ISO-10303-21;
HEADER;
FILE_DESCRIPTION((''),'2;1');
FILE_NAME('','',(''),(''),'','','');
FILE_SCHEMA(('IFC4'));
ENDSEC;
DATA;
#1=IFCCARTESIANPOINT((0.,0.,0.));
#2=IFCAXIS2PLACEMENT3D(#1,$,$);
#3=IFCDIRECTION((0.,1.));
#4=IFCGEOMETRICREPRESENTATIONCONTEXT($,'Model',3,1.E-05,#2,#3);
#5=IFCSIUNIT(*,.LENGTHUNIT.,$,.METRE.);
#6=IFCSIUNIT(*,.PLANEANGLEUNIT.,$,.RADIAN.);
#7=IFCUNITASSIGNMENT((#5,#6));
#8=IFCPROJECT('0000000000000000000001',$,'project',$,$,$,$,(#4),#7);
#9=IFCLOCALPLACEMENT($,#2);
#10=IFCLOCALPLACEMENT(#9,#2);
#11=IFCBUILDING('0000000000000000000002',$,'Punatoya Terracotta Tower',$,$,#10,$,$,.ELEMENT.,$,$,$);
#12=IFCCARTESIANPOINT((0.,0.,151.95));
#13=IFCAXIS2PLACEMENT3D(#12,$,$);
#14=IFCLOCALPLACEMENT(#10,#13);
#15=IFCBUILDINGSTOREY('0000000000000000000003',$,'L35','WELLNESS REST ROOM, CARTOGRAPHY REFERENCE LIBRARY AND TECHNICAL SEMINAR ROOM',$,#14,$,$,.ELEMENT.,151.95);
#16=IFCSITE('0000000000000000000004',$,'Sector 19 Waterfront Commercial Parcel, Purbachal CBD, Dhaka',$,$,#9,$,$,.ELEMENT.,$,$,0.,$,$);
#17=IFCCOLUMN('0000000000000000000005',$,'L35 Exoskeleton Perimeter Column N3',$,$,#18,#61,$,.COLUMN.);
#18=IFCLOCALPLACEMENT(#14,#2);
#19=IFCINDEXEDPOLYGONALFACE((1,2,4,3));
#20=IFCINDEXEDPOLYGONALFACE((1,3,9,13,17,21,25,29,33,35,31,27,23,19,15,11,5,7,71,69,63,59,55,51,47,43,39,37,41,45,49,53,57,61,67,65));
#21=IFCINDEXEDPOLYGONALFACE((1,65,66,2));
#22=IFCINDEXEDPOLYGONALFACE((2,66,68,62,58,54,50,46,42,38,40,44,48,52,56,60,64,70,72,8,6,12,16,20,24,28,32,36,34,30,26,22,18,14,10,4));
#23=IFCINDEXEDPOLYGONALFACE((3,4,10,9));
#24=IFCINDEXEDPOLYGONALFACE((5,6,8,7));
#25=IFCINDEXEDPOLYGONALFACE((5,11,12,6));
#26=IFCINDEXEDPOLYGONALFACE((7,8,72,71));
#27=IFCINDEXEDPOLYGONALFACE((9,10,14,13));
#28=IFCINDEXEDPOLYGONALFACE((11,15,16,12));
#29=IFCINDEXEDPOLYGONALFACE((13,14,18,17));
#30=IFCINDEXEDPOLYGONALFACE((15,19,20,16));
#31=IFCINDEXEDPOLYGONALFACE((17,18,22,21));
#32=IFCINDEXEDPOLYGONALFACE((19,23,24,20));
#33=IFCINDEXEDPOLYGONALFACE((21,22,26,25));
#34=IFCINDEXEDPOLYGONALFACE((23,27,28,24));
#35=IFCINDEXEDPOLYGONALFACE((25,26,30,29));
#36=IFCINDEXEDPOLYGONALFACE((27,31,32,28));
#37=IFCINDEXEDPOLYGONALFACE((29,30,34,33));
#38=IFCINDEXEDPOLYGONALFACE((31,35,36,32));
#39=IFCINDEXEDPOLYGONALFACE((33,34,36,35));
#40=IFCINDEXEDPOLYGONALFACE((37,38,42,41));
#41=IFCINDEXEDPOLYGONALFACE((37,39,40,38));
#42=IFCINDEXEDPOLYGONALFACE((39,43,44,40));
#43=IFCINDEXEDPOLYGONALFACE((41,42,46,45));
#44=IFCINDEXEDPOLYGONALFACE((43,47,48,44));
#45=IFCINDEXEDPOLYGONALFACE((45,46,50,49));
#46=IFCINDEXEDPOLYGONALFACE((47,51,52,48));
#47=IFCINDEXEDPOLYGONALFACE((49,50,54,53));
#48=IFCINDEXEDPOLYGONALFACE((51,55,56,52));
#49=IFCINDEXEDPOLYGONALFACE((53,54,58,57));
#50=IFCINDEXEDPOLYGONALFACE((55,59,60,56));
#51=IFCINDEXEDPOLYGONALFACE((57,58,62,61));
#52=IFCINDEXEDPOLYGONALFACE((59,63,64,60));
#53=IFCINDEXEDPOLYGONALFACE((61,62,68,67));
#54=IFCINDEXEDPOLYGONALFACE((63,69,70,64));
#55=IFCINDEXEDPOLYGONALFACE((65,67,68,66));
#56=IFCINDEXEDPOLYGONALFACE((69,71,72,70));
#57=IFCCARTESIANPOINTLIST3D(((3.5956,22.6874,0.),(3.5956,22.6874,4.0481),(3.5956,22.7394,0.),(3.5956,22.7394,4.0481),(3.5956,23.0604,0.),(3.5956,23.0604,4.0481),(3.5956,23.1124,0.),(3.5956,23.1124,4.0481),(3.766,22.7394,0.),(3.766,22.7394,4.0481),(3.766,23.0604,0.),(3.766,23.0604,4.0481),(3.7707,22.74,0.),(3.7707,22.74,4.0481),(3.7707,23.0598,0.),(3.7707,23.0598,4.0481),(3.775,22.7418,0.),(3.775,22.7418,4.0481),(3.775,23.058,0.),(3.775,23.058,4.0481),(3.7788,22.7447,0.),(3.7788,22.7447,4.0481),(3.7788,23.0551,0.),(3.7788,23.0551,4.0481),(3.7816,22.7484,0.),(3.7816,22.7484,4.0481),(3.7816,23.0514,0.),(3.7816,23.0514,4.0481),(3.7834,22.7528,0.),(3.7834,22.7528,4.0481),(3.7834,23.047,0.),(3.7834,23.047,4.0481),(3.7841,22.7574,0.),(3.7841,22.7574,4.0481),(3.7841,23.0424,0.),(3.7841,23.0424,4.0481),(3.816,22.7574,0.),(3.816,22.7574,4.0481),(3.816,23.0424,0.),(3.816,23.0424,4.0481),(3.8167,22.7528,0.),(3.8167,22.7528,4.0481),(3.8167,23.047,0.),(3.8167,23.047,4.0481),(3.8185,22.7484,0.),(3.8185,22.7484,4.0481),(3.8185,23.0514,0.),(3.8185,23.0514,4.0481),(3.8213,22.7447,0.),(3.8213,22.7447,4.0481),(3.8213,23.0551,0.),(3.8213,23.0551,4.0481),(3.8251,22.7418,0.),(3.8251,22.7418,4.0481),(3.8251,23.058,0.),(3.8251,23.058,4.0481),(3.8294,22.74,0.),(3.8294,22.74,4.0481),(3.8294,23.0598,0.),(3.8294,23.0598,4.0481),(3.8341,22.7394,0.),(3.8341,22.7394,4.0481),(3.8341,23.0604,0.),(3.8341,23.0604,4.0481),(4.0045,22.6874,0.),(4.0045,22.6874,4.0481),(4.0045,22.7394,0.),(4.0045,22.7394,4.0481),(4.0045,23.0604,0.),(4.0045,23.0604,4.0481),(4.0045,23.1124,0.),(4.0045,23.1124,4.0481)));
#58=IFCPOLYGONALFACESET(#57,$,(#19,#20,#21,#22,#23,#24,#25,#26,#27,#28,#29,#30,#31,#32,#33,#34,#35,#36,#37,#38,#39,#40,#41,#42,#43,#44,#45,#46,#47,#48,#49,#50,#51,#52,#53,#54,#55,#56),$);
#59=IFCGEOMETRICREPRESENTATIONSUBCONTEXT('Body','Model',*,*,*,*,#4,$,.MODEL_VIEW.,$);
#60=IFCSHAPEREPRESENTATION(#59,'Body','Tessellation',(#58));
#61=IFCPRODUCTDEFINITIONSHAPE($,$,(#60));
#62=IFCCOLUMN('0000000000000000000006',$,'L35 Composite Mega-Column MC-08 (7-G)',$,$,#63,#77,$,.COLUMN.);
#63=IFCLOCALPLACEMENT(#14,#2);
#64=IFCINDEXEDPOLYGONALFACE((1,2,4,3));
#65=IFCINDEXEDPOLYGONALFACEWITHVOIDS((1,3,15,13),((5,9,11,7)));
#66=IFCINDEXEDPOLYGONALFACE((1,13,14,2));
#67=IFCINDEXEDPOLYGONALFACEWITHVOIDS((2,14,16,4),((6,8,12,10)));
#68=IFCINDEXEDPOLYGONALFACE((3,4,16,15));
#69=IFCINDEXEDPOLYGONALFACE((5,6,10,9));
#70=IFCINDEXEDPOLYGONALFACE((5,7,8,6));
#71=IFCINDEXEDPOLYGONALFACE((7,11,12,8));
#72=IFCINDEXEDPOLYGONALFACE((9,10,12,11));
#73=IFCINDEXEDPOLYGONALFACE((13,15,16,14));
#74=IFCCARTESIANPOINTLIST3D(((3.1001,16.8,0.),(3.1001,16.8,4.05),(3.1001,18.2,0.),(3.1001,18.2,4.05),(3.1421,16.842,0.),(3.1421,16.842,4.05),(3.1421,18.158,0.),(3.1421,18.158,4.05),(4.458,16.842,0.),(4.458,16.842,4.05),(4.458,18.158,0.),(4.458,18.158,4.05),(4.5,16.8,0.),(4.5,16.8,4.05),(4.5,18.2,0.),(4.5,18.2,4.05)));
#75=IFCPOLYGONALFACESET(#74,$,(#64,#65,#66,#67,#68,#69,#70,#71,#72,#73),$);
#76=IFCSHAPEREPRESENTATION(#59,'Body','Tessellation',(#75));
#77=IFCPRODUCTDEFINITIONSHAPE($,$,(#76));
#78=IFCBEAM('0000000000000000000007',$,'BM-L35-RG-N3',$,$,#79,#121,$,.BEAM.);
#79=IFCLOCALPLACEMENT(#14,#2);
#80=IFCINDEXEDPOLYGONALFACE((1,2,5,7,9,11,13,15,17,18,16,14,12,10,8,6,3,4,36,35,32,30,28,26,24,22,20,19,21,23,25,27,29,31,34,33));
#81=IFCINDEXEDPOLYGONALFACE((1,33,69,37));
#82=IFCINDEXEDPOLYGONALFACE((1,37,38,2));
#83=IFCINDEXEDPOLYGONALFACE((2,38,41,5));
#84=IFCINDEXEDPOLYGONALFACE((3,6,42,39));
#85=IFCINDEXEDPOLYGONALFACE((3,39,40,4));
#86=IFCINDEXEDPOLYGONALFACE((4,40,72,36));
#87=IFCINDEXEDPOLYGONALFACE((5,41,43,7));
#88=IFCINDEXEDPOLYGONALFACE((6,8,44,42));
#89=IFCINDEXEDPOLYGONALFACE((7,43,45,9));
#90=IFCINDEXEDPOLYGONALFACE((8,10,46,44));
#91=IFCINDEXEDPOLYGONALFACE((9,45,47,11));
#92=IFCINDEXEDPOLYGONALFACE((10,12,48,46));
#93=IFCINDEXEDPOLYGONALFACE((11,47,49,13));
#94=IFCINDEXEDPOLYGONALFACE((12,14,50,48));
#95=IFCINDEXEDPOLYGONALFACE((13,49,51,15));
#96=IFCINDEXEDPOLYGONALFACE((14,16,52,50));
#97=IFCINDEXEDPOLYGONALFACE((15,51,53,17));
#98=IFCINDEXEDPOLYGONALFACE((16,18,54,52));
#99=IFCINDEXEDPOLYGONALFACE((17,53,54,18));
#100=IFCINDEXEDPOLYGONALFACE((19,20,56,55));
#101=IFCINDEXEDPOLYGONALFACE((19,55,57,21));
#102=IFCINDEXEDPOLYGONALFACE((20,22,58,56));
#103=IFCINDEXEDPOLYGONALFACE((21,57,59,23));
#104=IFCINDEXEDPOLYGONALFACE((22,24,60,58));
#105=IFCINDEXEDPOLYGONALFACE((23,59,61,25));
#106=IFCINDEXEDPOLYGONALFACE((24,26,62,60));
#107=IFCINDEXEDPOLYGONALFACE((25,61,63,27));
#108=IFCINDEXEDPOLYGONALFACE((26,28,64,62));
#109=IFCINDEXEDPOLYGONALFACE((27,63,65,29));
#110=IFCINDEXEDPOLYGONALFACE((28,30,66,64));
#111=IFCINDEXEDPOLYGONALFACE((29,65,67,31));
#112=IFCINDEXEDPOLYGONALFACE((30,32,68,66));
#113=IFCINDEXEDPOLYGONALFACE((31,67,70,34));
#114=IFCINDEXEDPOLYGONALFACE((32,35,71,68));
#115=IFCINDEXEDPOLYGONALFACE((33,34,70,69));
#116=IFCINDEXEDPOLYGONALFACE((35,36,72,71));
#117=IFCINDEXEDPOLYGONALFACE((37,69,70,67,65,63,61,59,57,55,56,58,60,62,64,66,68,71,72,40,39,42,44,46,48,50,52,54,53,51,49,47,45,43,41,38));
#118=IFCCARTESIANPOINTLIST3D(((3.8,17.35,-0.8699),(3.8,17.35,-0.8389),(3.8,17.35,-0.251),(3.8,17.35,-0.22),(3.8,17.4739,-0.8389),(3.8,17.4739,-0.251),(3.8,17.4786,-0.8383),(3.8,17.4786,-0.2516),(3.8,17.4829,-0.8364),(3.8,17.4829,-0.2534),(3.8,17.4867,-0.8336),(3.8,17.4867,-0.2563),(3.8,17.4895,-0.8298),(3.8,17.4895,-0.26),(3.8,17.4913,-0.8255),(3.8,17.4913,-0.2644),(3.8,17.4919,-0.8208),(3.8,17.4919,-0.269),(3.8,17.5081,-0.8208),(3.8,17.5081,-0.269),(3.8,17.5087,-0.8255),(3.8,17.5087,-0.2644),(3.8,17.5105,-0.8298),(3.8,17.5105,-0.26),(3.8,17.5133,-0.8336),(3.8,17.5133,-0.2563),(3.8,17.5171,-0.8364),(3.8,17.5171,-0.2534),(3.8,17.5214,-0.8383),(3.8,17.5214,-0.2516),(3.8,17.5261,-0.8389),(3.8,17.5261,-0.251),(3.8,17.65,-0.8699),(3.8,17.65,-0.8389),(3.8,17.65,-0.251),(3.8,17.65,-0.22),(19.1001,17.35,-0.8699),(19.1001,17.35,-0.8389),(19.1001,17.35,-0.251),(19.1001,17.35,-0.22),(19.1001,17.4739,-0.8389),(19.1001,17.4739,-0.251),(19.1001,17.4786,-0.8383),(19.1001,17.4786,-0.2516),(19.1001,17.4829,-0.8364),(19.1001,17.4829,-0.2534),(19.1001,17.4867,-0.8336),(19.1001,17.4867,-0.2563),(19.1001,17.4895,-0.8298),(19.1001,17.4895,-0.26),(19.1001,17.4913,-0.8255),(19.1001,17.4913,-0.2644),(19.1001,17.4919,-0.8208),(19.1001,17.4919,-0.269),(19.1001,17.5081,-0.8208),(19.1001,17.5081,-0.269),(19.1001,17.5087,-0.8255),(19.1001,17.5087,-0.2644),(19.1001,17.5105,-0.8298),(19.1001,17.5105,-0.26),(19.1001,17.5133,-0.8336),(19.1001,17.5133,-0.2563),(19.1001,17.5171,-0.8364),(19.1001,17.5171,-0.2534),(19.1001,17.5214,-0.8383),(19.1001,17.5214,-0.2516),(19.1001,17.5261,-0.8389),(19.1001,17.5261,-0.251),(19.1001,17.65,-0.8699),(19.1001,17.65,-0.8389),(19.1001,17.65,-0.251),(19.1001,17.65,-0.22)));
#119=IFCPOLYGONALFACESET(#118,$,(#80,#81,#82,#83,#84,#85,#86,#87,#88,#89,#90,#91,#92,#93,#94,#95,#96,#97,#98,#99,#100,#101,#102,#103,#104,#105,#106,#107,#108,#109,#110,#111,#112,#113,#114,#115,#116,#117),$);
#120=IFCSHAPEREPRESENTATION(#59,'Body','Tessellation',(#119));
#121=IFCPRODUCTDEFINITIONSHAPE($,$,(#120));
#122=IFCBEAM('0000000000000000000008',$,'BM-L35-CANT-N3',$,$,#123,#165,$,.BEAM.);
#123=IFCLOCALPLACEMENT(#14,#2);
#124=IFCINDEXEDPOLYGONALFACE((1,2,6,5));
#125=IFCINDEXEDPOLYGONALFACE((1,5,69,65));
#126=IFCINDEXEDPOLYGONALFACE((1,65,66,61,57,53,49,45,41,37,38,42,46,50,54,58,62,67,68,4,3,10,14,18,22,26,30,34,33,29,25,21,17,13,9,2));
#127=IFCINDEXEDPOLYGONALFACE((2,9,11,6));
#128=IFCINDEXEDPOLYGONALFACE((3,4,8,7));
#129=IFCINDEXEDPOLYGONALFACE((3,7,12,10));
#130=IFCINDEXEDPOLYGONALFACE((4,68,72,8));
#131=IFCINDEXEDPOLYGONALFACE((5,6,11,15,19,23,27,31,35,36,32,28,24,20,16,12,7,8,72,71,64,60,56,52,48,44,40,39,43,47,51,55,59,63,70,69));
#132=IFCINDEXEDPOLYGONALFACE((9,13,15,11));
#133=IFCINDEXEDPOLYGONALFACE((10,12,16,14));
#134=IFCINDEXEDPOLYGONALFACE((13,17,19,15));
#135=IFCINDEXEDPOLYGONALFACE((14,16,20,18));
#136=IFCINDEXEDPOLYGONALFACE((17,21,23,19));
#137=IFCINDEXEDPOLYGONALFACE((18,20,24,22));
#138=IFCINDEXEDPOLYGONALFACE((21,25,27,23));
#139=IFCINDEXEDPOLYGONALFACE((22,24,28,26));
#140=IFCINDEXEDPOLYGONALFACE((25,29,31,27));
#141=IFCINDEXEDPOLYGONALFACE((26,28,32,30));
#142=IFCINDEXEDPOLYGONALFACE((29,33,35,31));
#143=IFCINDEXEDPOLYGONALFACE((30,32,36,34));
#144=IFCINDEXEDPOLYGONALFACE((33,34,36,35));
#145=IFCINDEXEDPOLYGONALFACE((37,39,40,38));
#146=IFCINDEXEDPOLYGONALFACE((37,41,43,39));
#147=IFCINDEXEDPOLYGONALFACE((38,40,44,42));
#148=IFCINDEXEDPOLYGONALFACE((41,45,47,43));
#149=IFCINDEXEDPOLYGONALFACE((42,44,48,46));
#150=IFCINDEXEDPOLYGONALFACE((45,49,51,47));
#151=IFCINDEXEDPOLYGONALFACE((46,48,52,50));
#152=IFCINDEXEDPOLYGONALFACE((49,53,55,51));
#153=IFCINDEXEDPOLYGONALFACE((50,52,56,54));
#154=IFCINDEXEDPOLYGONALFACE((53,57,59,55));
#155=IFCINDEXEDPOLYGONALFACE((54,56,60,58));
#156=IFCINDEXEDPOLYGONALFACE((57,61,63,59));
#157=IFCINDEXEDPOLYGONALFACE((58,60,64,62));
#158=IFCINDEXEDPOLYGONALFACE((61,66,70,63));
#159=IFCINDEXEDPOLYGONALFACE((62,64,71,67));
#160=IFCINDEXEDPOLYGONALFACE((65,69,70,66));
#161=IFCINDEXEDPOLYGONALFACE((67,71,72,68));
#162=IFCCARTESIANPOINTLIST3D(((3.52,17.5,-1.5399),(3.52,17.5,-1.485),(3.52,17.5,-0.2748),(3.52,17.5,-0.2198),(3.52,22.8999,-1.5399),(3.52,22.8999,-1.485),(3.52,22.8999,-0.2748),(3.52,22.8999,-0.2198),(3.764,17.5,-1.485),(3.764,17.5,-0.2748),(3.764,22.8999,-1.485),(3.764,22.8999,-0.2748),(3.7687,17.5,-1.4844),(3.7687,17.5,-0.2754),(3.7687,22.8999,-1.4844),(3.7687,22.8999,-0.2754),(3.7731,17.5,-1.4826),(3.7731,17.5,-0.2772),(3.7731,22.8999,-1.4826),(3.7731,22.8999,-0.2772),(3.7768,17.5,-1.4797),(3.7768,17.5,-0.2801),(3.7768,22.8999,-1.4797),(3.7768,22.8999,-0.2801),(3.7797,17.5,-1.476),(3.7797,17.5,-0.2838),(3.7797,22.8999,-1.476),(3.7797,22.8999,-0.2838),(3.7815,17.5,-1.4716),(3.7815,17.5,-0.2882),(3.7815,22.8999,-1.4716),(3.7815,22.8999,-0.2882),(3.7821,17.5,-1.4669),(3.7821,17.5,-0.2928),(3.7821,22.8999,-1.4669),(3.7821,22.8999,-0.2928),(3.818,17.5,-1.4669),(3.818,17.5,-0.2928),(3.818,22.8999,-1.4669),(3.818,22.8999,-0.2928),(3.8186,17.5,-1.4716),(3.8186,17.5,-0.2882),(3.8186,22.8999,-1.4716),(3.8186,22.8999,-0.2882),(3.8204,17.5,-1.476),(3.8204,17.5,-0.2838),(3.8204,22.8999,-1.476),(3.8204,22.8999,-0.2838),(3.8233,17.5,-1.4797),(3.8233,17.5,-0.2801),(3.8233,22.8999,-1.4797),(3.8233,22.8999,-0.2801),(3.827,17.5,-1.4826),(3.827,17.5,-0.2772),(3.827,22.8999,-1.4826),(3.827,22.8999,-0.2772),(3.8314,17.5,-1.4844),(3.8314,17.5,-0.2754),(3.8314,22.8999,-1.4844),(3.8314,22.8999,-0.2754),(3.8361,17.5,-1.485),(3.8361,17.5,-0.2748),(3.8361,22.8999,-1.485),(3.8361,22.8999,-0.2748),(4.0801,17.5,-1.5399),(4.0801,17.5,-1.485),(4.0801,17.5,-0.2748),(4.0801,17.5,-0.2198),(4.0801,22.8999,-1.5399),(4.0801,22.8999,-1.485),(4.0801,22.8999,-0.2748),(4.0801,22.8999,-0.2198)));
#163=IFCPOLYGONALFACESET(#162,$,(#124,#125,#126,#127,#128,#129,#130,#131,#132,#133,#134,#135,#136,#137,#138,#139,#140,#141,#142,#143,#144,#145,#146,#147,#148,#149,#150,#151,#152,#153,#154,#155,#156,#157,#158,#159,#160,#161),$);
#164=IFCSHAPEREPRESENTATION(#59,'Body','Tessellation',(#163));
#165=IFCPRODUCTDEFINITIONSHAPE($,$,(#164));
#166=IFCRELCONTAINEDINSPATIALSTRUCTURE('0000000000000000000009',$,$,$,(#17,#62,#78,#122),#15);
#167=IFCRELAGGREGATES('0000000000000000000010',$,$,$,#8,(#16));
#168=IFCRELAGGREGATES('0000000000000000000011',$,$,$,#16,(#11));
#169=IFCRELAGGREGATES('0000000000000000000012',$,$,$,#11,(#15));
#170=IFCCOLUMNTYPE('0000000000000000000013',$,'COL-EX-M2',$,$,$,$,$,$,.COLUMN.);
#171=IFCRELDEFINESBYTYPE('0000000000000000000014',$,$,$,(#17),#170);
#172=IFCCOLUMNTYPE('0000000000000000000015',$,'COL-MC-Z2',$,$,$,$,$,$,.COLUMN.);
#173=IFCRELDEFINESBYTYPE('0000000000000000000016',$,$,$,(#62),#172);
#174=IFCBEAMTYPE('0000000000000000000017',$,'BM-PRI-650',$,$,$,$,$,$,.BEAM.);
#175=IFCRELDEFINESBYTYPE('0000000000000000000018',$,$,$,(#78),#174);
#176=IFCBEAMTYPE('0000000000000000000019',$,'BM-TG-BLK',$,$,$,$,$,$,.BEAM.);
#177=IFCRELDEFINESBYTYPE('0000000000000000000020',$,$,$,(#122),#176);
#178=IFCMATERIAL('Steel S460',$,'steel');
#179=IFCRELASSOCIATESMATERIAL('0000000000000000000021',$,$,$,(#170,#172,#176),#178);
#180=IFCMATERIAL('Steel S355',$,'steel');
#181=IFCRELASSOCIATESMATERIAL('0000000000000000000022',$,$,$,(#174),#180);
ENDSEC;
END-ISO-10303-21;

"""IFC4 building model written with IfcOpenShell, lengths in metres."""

from ifc_helpers import new_model, si_unit, direction, frame, origin, origin_2d, place, context, subcontext, project, spatial, hollow_rectangle, i_section, extrude, material, material_profile, profile_set, type_object, element, save


model = new_model("IFC4")

# Units and contexts
model_context = context("Model", 3, precision=1e-05, world=origin(), true_north=direction((0.0, 1.0)))
body_context = subcontext(model_context, "Body", "Model", "MODEL_VIEW")
ifc_project = project(units=[si_unit("LENGTHUNIT", "METRE"), si_unit("PLANEANGLEUNIT", "RADIAN")], contexts=[model_context])

# Site, building, storey
site_placement = place(None, origin())
site = spatial("IfcSite", under=ifc_project, at=site_placement, Name="Sector 19 Waterfront Commercial Parcel, Purbachal CBD, Dhaka", CompositionType="ELEMENT", RefElevation=0.0)
building_placement = place(site_placement, origin())
building = spatial("IfcBuilding", under=site, at=building_placement, Name="Punatoya Terracotta Tower", CompositionType="ELEMENT")
storey_placement = place(building_placement, frame((0.0, 0.0, 151.95)))
storey = spatial("IfcBuildingStorey", under=building, at=storey_placement, Name="L35", Description="WELLNESS REST ROOM, CARTOGRAPHY REFERENCE LIBRARY AND TECHNICAL SEMINAR ROOM", CompositionType="ELEMENT", Elevation=151.95)

# Columns
ifc_material_1 = material(Name="Steel S460", Category="steel")
ifc_material_profile_1 = material_profile(ifc_material_1, i_section(OverallWidth=0.4089, OverallDepth=0.425, WebThickness=0.032, FlangeThickness=0.052, FilletRadius=0.0181, at=origin_2d()))
ifc_profile_set_1 = profile_set([ifc_material_profile_1], Name="Steel S460")
column_type_1 = type_object("IfcColumnType", Name="COL-EX-M2", PredefinedType="COLUMN", material=ifc_profile_set_1)
column_1_placement = place(storey_placement, frame((3.8, 22.8999, 0.0), z_axis=(0.0, 0.0, 1.0), x_axis=(1.0, 0.0, 0.0)))
element("IfcColumn", 1, at=column_1_placement, inside=storey, type_object=column_type_1, Name="L35 Exoskeleton Perimeter Column N3", PredefinedType="COLUMN", context=body_context, shape_type="SweptSolid", body=[
    extrude(i_section(OverallWidth=0.4089, OverallDepth=0.425, WebThickness=0.032, FlangeThickness=0.052, FilletRadius=0.0181, at=origin_2d()), origin(), (0.0, 0.0, 1.0), 4.0481),
])
ifc_material_profile_2 = material_profile(ifc_material_1, hollow_rectangle(XDim=1.3999, YDim=1.3999, WallThickness=0.042, at=origin_2d()))
ifc_profile_set_2 = profile_set([ifc_material_profile_2], Name="Steel S460")
column_type_2 = type_object("IfcColumnType", Name="COL-MC-Z2", PredefinedType="COLUMN", material=ifc_profile_set_2)
column_2_placement = place(storey_placement, frame((3.8, 17.5, 0.0), z_axis=(0.0, 0.0, 1.0), x_axis=(1.0, 0.0, 0.0)))
element("IfcColumn", 2, at=column_2_placement, inside=storey, type_object=column_type_2, Name="L35 Composite Mega-Column MC-08 (7-G)", PredefinedType="COLUMN", context=body_context, shape_type="SweptSolid", body=[
    extrude(hollow_rectangle(XDim=1.3999, YDim=1.3999, WallThickness=0.042, at=origin_2d()), origin(), (0.0, 0.0, 1.0), 4.05),
])

# Beams
ifc_material_2 = material(Name="Steel S355", Category="steel")
ifc_material_profile_3 = material_profile(ifc_material_2, i_section(OverallWidth=0.3, OverallDepth=0.6499, WebThickness=0.0161, FlangeThickness=0.031, FilletRadius=0.0181, at=origin_2d()))
ifc_profile_set_3 = profile_set([ifc_material_profile_3], Name="Steel S355")
beam_type_1 = type_object("IfcBeamType", Name="BM-PRI-650", PredefinedType="BEAM", material=ifc_profile_set_3)
beam_1_placement = place(storey_placement, frame((3.8, 17.5, -0.5449), z_axis=(1.0, 0.0, 0.0), x_axis=(0.0, 1.0, 0.0)))
element("IfcBeam", 3, at=beam_1_placement, inside=storey, type_object=beam_type_1, Name="BM-L35-RG-N3", PredefinedType="BEAM", context=body_context, shape_type="SweptSolid", body=[
    extrude(i_section(OverallWidth=0.3, OverallDepth=0.6499, WebThickness=0.0161, FlangeThickness=0.031, FilletRadius=0.0181, at=origin_2d()), origin(), (0.0, 0.0, 1.0), 15.3),
])
ifc_material_profile_4 = material_profile(ifc_material_1, i_section(OverallWidth=0.5601, OverallDepth=1.3201, WebThickness=0.0359, FlangeThickness=0.0549, FilletRadius=0.0181, at=origin_2d()))
ifc_profile_set_4 = profile_set([ifc_material_profile_4], Name="Steel S460")
beam_type_2 = type_object("IfcBeamType", Name="BM-TG-BLK", PredefinedType="BEAM", material=ifc_profile_set_4)
beam_2_placement = place(storey_placement, frame((3.8, 17.5, -0.8799), z_axis=(0.0, 1.0, 0.0), x_axis=(-1.0, 0.0, 0.0)))
element("IfcBeam", 4, at=beam_2_placement, inside=storey, type_object=beam_type_2, Name="BM-L35-CANT-N3", PredefinedType="BEAM", context=body_context, shape_type="SweptSolid", body=[
    extrude(i_section(OverallWidth=0.5601, OverallDepth=1.3201, WebThickness=0.0359, FlangeThickness=0.0549, FilletRadius=0.0181, at=origin_2d()), origin(), (0.0, 0.0, 1.0), 5.3999),
])

save(model, "model.ifc")
